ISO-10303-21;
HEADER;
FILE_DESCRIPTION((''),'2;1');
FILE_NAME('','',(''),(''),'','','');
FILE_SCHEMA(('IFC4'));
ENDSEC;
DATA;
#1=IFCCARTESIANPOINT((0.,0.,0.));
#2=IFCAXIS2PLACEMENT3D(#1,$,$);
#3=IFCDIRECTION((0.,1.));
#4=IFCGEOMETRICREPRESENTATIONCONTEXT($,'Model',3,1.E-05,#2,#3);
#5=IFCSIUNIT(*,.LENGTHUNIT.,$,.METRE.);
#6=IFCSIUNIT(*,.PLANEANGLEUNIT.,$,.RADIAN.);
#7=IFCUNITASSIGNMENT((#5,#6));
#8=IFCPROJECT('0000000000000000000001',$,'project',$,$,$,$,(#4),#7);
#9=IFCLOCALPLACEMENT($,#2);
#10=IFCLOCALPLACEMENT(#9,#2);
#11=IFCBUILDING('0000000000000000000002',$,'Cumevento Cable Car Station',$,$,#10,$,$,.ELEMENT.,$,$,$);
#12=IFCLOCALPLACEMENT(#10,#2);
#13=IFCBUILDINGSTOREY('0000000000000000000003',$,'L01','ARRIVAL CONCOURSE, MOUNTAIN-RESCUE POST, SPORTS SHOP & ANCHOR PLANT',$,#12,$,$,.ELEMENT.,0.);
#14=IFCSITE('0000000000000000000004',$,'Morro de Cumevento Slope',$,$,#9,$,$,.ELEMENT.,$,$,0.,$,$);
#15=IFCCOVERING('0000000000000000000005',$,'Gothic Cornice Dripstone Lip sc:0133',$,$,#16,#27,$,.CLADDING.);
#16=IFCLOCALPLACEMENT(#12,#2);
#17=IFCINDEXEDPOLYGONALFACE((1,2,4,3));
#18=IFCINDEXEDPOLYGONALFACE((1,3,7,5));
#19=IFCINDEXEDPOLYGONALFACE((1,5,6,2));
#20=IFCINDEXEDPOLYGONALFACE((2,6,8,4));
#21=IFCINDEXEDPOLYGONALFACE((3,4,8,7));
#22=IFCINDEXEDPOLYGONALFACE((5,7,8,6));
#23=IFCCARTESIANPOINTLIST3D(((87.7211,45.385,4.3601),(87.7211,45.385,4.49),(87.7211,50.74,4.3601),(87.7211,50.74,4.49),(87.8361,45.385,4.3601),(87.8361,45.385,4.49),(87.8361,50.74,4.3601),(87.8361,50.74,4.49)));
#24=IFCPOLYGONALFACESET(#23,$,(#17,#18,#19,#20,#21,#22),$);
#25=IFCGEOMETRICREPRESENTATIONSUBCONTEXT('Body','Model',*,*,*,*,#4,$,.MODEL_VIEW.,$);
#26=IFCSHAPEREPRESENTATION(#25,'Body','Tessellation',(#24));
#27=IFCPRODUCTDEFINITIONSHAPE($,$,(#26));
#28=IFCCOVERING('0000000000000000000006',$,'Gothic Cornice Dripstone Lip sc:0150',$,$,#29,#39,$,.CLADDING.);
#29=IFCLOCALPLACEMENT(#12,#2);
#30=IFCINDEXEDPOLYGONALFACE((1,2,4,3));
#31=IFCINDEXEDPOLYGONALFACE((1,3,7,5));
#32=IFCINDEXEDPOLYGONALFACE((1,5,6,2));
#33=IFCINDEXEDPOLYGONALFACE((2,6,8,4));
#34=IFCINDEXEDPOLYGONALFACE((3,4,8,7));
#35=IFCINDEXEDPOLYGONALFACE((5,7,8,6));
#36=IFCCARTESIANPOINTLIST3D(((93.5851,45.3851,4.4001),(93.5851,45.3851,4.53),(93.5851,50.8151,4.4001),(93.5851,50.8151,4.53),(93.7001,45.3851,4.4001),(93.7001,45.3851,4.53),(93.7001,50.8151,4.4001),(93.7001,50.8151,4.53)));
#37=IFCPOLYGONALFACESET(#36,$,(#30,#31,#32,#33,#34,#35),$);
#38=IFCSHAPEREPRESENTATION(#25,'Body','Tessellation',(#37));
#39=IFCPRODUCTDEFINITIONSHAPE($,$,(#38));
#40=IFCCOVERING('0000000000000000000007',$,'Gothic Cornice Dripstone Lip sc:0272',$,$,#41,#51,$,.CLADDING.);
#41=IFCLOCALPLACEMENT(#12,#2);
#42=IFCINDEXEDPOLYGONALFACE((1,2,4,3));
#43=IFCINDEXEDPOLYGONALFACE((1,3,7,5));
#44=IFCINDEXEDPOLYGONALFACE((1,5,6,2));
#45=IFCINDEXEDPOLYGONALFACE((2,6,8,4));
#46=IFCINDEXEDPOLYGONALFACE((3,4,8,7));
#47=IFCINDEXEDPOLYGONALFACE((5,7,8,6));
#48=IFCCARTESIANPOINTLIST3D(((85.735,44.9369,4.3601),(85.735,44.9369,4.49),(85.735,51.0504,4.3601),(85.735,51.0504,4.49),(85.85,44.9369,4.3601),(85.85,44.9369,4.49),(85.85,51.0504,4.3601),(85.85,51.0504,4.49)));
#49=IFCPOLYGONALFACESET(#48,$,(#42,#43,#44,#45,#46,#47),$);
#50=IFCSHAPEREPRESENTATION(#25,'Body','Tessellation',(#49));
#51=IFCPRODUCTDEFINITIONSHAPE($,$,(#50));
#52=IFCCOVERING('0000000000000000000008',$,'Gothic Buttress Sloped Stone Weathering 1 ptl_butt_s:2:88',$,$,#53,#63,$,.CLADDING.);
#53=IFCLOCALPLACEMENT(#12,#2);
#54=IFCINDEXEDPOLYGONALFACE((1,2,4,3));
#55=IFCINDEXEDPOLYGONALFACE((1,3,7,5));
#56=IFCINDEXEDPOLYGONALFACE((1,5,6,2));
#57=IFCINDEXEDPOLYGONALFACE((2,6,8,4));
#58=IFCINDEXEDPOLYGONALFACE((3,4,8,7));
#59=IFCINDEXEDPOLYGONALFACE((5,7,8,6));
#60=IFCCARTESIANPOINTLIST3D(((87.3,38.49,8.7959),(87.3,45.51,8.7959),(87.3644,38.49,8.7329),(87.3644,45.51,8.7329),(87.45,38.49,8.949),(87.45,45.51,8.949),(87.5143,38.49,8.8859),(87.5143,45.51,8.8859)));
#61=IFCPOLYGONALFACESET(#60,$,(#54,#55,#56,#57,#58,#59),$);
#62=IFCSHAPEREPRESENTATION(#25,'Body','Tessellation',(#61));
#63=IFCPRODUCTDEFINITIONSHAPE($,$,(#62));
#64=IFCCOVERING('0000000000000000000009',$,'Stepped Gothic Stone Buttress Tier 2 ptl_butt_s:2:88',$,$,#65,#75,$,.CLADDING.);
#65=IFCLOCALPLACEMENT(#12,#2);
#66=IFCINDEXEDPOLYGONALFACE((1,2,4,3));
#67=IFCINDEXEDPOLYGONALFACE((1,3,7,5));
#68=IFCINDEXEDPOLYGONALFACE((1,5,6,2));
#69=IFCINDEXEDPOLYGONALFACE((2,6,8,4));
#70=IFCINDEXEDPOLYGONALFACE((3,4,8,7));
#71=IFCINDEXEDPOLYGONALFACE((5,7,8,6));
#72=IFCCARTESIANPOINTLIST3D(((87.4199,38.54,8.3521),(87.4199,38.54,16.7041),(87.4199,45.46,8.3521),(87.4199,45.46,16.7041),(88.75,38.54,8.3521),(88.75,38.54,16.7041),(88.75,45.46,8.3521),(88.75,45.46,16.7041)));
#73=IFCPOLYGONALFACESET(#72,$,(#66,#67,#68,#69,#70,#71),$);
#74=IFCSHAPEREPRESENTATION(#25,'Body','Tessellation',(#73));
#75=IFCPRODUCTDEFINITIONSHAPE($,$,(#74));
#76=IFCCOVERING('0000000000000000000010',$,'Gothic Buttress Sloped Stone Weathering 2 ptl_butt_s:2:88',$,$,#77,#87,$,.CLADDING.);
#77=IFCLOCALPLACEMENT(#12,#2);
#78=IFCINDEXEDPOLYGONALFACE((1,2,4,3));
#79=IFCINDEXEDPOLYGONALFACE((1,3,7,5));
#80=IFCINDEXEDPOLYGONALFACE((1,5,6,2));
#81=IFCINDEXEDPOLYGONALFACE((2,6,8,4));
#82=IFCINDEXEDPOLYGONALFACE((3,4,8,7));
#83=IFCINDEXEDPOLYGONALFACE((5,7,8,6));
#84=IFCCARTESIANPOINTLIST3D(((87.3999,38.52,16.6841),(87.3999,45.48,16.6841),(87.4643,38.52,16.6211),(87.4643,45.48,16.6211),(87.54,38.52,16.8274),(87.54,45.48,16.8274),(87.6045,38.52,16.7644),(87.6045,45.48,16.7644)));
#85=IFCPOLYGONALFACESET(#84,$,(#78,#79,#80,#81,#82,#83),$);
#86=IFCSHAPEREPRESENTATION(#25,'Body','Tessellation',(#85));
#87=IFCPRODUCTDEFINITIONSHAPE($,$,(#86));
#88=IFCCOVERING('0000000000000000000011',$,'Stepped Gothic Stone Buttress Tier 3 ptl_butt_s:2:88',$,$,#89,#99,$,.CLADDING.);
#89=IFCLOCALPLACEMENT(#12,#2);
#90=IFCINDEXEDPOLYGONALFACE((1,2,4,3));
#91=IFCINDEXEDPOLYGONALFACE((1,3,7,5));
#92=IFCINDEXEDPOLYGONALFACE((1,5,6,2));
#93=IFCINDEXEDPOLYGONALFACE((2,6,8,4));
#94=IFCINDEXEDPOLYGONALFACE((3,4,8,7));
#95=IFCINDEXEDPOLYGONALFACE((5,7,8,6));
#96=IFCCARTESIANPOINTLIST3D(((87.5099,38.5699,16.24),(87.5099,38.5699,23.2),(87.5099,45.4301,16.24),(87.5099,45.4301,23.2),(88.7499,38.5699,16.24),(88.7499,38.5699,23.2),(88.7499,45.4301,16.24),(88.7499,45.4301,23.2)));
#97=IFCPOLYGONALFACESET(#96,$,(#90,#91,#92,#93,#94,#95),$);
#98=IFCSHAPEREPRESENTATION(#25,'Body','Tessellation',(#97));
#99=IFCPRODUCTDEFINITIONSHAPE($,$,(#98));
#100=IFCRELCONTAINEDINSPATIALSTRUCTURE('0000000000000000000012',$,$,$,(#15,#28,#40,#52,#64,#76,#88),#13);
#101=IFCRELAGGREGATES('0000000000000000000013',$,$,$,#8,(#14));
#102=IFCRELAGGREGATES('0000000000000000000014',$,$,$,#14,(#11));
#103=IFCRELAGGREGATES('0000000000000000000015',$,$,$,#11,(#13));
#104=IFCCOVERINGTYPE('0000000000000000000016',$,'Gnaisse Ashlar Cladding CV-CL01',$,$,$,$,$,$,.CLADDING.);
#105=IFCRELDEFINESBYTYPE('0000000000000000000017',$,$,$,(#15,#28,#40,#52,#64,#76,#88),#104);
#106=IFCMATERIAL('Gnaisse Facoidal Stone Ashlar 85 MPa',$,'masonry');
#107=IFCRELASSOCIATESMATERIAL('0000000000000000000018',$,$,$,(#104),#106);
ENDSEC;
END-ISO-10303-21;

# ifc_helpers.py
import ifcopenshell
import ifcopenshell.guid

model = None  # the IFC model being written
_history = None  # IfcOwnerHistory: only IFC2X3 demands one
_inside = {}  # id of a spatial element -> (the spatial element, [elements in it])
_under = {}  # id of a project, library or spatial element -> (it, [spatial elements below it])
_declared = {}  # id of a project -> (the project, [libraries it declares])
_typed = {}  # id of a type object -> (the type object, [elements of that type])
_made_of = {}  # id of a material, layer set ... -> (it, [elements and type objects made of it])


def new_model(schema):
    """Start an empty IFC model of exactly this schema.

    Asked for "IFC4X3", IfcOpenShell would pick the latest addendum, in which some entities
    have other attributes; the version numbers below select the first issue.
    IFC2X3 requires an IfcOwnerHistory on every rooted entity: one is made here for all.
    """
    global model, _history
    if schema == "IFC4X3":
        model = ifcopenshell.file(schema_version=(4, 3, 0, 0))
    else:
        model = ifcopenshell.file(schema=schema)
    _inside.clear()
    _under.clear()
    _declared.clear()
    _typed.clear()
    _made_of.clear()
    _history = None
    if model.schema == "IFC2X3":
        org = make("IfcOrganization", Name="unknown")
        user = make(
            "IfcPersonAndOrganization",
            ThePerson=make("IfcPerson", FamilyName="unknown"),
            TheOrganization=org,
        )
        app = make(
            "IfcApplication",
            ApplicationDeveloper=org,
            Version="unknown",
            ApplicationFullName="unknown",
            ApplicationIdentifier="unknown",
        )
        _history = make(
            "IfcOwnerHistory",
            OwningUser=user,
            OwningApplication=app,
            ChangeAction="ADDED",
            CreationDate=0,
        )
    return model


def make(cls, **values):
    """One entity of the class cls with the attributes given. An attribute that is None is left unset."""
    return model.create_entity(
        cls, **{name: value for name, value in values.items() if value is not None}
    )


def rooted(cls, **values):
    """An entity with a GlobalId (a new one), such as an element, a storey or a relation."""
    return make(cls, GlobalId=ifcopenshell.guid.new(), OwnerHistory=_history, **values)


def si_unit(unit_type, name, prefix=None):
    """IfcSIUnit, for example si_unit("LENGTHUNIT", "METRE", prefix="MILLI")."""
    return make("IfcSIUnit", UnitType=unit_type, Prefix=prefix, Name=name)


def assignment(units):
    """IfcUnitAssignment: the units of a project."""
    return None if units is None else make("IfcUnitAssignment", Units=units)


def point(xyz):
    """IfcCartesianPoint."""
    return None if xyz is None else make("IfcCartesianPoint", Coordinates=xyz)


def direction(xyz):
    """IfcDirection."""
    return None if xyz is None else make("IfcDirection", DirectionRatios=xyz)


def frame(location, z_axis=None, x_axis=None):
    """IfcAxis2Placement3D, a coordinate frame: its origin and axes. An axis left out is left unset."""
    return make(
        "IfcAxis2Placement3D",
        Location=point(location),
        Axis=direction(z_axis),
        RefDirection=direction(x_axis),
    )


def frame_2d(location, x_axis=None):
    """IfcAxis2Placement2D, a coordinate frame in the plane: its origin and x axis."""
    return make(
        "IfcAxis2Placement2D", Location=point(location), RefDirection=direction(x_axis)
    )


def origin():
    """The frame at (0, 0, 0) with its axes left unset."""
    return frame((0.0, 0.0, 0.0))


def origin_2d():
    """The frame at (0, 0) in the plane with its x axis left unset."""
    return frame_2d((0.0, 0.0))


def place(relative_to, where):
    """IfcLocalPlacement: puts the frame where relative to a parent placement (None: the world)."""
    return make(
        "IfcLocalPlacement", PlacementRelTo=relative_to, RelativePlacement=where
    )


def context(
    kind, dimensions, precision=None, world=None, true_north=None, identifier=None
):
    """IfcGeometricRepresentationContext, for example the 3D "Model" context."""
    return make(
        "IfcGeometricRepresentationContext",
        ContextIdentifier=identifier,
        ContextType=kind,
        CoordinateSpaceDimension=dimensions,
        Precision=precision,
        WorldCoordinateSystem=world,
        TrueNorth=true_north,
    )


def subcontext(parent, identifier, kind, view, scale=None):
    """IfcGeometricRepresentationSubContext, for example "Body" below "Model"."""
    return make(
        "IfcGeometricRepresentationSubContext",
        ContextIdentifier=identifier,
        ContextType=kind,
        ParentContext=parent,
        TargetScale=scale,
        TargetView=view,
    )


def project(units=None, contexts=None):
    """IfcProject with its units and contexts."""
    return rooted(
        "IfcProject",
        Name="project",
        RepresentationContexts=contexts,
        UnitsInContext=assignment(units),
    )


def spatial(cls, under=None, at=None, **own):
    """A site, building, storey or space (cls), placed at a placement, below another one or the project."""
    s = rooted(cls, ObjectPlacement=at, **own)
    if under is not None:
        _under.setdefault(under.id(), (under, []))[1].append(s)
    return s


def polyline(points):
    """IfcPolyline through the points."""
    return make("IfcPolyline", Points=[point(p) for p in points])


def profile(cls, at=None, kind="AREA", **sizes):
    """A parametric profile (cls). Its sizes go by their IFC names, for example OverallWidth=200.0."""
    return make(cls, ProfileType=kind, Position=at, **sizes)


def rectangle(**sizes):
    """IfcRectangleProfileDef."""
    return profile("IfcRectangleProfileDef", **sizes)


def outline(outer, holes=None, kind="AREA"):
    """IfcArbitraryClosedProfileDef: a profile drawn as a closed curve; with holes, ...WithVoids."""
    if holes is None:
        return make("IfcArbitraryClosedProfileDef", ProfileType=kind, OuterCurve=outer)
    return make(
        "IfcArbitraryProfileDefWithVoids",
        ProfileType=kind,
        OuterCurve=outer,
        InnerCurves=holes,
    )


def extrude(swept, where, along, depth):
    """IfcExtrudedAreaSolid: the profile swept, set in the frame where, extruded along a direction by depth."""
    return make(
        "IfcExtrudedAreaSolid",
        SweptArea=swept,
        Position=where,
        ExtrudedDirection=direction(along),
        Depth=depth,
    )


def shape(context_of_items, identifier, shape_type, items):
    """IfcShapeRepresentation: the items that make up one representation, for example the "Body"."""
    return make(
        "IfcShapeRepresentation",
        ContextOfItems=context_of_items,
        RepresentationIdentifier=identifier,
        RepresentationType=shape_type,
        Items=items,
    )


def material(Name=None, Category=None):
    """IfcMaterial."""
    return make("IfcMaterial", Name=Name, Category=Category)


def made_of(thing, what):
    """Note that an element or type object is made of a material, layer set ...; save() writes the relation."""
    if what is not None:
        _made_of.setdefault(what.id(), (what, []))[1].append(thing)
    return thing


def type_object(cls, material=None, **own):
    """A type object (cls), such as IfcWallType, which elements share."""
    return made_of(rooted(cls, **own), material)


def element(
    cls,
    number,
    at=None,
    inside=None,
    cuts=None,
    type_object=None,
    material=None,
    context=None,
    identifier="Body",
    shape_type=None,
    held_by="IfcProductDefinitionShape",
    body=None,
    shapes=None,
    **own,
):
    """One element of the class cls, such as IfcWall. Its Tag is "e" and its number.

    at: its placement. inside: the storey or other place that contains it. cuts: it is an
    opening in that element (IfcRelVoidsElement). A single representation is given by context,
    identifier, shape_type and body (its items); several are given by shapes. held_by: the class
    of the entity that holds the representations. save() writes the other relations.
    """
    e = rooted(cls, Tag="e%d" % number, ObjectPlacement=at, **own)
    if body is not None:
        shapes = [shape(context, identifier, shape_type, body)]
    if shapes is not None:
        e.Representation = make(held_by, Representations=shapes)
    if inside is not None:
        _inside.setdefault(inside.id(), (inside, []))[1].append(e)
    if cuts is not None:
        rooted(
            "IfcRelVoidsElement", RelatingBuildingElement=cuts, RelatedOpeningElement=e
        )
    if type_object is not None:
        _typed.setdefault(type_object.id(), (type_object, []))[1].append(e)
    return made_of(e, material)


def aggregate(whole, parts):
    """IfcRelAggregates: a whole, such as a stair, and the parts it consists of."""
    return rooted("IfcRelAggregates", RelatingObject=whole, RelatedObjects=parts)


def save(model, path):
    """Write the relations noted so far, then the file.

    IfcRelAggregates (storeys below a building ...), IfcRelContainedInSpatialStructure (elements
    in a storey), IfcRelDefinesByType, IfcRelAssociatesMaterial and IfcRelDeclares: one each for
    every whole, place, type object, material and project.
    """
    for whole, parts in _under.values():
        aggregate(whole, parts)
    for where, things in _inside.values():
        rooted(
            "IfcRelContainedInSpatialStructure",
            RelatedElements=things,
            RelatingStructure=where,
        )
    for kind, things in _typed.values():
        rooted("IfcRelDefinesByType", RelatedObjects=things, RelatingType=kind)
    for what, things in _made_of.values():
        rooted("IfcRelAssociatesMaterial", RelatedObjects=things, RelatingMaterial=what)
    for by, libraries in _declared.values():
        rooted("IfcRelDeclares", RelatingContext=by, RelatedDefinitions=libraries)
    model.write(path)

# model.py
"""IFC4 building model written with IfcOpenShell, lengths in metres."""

from ifc_helpers import new_model, si_unit, direction, frame, origin, origin_2d, place, context, subcontext, project, spatial, polyline, rectangle, outline, extrude, material, type_object, element, save


model = new_model("IFC4")

# Units and contexts
model_context = context("Model", 3, precision=1e-05, world=origin(), true_north=direction((0.0, 1.0)))
body_context = subcontext(model_context, "Body", "Model", "MODEL_VIEW")
ifc_project = project(units=[si_unit("LENGTHUNIT", "METRE"), si_unit("PLANEANGLEUNIT", "RADIAN")], contexts=[model_context])

# Site, building, storey
site_placement = place(None, origin())
site = spatial("IfcSite", under=ifc_project, at=site_placement, Name="Morro de Cumevento Slope", CompositionType="ELEMENT", RefElevation=0.0)
building_placement = place(site_placement, origin())
building = spatial("IfcBuilding", under=site, at=building_placement, Name="Cumevento Cable Car Station", CompositionType="ELEMENT")
storey_placement = place(building_placement, origin())
storey = spatial("IfcBuildingStorey", under=building, at=storey_placement, Name="L01", Description="ARRIVAL CONCOURSE, MOUNTAIN-RESCUE POST, SPORTS SHOP & ANCHOR PLANT", CompositionType="ELEMENT", Elevation=0.0)

# Coverings
ifc_material = material(Name="Gnaisse Facoidal Stone Ashlar 85 MPa", Category="masonry")
covering_type = type_object("IfcCoveringType", Name="Gnaisse Ashlar Cladding CV-CL01", PredefinedType="CLADDING", material=ifc_material)
covering_1_placement = place(storey_placement, frame((87.7786, 48.0625, 4.3601), z_axis=(0.0, 0.0, 1.0), x_axis=(0.0, 1.0, 0.0)))
element("IfcCovering", 1, at=covering_1_placement, inside=storey, type_object=covering_type, Name="Gothic Cornice Dripstone Lip sc:0133", PredefinedType="CLADDING", context=body_context, shape_type="SweptSolid", body=[
    extrude(rectangle(XDim=5.355, YDim=0.115, at=origin_2d()), origin(), (0.0, 0.0, 1.0), 0.1299),
])
covering_2_placement = place(storey_placement, frame((93.6426, 48.1001, 4.4001), z_axis=(0.0, 0.0, 1.0), x_axis=(0.0, 1.0, 0.0)))
element("IfcCovering", 2, at=covering_2_placement, inside=storey, type_object=covering_type, Name="Gothic Cornice Dripstone Lip sc:0150", PredefinedType="CLADDING", context=body_context, shape_type="SweptSolid", body=[
    extrude(rectangle(XDim=5.4299, YDim=0.115, at=origin_2d()), origin(), (0.0, 0.0, 1.0), 0.1299),
])
covering_3_placement = place(storey_placement, frame((85.7925, 47.9937, 4.3601), z_axis=(0.0, 0.0, 1.0), x_axis=(0.0, 1.0, 0.0)))
element("IfcCovering", 3, at=covering_3_placement, inside=storey, type_object=covering_type, Name="Gothic Cornice Dripstone Lip sc:0272", PredefinedType="CLADDING", context=body_context, shape_type="SweptSolid", body=[
    extrude(rectangle(XDim=6.1135, YDim=0.115, at=origin_2d()), origin(), (0.0, 0.0, 1.0), 0.1299),
])
covering_4_placement = place(storey_placement, frame((87.3, 45.51, 8.7959), z_axis=(-0.714475, 0.0, 0.699661), x_axis=(0.0, -1.0, 0.0)))
element("IfcCovering", 4, at=covering_4_placement, inside=storey, type_object=covering_type, Name="Gothic Buttress Sloped Stone Weathering 1 ptl_butt_s:2:88", PredefinedType="CLADDING", context=body_context, shape_type="SweptSolid", body=[
    extrude(outline(polyline([(0.0, 0.0), (7.02, 0.0), (7.02, 0.2142), (0.0, 0.2142), (0.0, 0.0)])), origin(), (0.0, 0.0, -1.0), 0.0901),
])
covering_5_placement = place(storey_placement, frame((88.085, 42.0, 8.3521), z_axis=(0.0, 0.0, 1.0), x_axis=(0.0, -1.0, 0.0)))
element("IfcCovering", 5, at=covering_5_placement, inside=storey, type_object=covering_type, Name="Stepped Gothic Stone Buttress Tier 2 ptl_butt_s:2:88", PredefinedType="CLADDING", context=body_context, shape_type="SweptSolid", body=[
    extrude(rectangle(XDim=6.9199, YDim=1.3301, at=origin_2d()), origin(), (0.0, 0.0, 1.0), 8.3521),
])
covering_6_placement = place(storey_placement, frame((87.3999, 45.48, 16.6841), z_axis=(-0.71498, 0.0, 0.699145), x_axis=(0.0, -1.0, 0.0)))
element("IfcCovering", 6, at=covering_6_placement, inside=storey, type_object=covering_type, Name="Gothic Buttress Sloped Stone Weathering 2 ptl_butt_s:2:88", PredefinedType="CLADDING", context=body_context, shape_type="SweptSolid", body=[
    extrude(outline(polyline([(0.0, 0.0), (6.96, 0.0), (6.96, 0.2004), (0.0, 0.2004), (0.0, 0.0)])), origin(), (0.0, 0.0, -1.0), 0.0901),
])
covering_7_placement = place(storey_placement, frame((88.1299, 42.0, 16.24), z_axis=(0.0, 0.0, 1.0), x_axis=(0.0, -1.0, 0.0)))
element("IfcCovering", 7, at=covering_7_placement, inside=storey, type_object=covering_type, Name="Stepped Gothic Stone Buttress Tier 3 ptl_butt_s:2:88", PredefinedType="CLADDING", context=body_context, shape_type="SweptSolid", body=[
    extrude(rectangle(XDim=6.8601, YDim=1.24, at=origin_2d()), origin(), (0.0, 0.0, 1.0), 6.96),
])

save(model, "model.ifc")
